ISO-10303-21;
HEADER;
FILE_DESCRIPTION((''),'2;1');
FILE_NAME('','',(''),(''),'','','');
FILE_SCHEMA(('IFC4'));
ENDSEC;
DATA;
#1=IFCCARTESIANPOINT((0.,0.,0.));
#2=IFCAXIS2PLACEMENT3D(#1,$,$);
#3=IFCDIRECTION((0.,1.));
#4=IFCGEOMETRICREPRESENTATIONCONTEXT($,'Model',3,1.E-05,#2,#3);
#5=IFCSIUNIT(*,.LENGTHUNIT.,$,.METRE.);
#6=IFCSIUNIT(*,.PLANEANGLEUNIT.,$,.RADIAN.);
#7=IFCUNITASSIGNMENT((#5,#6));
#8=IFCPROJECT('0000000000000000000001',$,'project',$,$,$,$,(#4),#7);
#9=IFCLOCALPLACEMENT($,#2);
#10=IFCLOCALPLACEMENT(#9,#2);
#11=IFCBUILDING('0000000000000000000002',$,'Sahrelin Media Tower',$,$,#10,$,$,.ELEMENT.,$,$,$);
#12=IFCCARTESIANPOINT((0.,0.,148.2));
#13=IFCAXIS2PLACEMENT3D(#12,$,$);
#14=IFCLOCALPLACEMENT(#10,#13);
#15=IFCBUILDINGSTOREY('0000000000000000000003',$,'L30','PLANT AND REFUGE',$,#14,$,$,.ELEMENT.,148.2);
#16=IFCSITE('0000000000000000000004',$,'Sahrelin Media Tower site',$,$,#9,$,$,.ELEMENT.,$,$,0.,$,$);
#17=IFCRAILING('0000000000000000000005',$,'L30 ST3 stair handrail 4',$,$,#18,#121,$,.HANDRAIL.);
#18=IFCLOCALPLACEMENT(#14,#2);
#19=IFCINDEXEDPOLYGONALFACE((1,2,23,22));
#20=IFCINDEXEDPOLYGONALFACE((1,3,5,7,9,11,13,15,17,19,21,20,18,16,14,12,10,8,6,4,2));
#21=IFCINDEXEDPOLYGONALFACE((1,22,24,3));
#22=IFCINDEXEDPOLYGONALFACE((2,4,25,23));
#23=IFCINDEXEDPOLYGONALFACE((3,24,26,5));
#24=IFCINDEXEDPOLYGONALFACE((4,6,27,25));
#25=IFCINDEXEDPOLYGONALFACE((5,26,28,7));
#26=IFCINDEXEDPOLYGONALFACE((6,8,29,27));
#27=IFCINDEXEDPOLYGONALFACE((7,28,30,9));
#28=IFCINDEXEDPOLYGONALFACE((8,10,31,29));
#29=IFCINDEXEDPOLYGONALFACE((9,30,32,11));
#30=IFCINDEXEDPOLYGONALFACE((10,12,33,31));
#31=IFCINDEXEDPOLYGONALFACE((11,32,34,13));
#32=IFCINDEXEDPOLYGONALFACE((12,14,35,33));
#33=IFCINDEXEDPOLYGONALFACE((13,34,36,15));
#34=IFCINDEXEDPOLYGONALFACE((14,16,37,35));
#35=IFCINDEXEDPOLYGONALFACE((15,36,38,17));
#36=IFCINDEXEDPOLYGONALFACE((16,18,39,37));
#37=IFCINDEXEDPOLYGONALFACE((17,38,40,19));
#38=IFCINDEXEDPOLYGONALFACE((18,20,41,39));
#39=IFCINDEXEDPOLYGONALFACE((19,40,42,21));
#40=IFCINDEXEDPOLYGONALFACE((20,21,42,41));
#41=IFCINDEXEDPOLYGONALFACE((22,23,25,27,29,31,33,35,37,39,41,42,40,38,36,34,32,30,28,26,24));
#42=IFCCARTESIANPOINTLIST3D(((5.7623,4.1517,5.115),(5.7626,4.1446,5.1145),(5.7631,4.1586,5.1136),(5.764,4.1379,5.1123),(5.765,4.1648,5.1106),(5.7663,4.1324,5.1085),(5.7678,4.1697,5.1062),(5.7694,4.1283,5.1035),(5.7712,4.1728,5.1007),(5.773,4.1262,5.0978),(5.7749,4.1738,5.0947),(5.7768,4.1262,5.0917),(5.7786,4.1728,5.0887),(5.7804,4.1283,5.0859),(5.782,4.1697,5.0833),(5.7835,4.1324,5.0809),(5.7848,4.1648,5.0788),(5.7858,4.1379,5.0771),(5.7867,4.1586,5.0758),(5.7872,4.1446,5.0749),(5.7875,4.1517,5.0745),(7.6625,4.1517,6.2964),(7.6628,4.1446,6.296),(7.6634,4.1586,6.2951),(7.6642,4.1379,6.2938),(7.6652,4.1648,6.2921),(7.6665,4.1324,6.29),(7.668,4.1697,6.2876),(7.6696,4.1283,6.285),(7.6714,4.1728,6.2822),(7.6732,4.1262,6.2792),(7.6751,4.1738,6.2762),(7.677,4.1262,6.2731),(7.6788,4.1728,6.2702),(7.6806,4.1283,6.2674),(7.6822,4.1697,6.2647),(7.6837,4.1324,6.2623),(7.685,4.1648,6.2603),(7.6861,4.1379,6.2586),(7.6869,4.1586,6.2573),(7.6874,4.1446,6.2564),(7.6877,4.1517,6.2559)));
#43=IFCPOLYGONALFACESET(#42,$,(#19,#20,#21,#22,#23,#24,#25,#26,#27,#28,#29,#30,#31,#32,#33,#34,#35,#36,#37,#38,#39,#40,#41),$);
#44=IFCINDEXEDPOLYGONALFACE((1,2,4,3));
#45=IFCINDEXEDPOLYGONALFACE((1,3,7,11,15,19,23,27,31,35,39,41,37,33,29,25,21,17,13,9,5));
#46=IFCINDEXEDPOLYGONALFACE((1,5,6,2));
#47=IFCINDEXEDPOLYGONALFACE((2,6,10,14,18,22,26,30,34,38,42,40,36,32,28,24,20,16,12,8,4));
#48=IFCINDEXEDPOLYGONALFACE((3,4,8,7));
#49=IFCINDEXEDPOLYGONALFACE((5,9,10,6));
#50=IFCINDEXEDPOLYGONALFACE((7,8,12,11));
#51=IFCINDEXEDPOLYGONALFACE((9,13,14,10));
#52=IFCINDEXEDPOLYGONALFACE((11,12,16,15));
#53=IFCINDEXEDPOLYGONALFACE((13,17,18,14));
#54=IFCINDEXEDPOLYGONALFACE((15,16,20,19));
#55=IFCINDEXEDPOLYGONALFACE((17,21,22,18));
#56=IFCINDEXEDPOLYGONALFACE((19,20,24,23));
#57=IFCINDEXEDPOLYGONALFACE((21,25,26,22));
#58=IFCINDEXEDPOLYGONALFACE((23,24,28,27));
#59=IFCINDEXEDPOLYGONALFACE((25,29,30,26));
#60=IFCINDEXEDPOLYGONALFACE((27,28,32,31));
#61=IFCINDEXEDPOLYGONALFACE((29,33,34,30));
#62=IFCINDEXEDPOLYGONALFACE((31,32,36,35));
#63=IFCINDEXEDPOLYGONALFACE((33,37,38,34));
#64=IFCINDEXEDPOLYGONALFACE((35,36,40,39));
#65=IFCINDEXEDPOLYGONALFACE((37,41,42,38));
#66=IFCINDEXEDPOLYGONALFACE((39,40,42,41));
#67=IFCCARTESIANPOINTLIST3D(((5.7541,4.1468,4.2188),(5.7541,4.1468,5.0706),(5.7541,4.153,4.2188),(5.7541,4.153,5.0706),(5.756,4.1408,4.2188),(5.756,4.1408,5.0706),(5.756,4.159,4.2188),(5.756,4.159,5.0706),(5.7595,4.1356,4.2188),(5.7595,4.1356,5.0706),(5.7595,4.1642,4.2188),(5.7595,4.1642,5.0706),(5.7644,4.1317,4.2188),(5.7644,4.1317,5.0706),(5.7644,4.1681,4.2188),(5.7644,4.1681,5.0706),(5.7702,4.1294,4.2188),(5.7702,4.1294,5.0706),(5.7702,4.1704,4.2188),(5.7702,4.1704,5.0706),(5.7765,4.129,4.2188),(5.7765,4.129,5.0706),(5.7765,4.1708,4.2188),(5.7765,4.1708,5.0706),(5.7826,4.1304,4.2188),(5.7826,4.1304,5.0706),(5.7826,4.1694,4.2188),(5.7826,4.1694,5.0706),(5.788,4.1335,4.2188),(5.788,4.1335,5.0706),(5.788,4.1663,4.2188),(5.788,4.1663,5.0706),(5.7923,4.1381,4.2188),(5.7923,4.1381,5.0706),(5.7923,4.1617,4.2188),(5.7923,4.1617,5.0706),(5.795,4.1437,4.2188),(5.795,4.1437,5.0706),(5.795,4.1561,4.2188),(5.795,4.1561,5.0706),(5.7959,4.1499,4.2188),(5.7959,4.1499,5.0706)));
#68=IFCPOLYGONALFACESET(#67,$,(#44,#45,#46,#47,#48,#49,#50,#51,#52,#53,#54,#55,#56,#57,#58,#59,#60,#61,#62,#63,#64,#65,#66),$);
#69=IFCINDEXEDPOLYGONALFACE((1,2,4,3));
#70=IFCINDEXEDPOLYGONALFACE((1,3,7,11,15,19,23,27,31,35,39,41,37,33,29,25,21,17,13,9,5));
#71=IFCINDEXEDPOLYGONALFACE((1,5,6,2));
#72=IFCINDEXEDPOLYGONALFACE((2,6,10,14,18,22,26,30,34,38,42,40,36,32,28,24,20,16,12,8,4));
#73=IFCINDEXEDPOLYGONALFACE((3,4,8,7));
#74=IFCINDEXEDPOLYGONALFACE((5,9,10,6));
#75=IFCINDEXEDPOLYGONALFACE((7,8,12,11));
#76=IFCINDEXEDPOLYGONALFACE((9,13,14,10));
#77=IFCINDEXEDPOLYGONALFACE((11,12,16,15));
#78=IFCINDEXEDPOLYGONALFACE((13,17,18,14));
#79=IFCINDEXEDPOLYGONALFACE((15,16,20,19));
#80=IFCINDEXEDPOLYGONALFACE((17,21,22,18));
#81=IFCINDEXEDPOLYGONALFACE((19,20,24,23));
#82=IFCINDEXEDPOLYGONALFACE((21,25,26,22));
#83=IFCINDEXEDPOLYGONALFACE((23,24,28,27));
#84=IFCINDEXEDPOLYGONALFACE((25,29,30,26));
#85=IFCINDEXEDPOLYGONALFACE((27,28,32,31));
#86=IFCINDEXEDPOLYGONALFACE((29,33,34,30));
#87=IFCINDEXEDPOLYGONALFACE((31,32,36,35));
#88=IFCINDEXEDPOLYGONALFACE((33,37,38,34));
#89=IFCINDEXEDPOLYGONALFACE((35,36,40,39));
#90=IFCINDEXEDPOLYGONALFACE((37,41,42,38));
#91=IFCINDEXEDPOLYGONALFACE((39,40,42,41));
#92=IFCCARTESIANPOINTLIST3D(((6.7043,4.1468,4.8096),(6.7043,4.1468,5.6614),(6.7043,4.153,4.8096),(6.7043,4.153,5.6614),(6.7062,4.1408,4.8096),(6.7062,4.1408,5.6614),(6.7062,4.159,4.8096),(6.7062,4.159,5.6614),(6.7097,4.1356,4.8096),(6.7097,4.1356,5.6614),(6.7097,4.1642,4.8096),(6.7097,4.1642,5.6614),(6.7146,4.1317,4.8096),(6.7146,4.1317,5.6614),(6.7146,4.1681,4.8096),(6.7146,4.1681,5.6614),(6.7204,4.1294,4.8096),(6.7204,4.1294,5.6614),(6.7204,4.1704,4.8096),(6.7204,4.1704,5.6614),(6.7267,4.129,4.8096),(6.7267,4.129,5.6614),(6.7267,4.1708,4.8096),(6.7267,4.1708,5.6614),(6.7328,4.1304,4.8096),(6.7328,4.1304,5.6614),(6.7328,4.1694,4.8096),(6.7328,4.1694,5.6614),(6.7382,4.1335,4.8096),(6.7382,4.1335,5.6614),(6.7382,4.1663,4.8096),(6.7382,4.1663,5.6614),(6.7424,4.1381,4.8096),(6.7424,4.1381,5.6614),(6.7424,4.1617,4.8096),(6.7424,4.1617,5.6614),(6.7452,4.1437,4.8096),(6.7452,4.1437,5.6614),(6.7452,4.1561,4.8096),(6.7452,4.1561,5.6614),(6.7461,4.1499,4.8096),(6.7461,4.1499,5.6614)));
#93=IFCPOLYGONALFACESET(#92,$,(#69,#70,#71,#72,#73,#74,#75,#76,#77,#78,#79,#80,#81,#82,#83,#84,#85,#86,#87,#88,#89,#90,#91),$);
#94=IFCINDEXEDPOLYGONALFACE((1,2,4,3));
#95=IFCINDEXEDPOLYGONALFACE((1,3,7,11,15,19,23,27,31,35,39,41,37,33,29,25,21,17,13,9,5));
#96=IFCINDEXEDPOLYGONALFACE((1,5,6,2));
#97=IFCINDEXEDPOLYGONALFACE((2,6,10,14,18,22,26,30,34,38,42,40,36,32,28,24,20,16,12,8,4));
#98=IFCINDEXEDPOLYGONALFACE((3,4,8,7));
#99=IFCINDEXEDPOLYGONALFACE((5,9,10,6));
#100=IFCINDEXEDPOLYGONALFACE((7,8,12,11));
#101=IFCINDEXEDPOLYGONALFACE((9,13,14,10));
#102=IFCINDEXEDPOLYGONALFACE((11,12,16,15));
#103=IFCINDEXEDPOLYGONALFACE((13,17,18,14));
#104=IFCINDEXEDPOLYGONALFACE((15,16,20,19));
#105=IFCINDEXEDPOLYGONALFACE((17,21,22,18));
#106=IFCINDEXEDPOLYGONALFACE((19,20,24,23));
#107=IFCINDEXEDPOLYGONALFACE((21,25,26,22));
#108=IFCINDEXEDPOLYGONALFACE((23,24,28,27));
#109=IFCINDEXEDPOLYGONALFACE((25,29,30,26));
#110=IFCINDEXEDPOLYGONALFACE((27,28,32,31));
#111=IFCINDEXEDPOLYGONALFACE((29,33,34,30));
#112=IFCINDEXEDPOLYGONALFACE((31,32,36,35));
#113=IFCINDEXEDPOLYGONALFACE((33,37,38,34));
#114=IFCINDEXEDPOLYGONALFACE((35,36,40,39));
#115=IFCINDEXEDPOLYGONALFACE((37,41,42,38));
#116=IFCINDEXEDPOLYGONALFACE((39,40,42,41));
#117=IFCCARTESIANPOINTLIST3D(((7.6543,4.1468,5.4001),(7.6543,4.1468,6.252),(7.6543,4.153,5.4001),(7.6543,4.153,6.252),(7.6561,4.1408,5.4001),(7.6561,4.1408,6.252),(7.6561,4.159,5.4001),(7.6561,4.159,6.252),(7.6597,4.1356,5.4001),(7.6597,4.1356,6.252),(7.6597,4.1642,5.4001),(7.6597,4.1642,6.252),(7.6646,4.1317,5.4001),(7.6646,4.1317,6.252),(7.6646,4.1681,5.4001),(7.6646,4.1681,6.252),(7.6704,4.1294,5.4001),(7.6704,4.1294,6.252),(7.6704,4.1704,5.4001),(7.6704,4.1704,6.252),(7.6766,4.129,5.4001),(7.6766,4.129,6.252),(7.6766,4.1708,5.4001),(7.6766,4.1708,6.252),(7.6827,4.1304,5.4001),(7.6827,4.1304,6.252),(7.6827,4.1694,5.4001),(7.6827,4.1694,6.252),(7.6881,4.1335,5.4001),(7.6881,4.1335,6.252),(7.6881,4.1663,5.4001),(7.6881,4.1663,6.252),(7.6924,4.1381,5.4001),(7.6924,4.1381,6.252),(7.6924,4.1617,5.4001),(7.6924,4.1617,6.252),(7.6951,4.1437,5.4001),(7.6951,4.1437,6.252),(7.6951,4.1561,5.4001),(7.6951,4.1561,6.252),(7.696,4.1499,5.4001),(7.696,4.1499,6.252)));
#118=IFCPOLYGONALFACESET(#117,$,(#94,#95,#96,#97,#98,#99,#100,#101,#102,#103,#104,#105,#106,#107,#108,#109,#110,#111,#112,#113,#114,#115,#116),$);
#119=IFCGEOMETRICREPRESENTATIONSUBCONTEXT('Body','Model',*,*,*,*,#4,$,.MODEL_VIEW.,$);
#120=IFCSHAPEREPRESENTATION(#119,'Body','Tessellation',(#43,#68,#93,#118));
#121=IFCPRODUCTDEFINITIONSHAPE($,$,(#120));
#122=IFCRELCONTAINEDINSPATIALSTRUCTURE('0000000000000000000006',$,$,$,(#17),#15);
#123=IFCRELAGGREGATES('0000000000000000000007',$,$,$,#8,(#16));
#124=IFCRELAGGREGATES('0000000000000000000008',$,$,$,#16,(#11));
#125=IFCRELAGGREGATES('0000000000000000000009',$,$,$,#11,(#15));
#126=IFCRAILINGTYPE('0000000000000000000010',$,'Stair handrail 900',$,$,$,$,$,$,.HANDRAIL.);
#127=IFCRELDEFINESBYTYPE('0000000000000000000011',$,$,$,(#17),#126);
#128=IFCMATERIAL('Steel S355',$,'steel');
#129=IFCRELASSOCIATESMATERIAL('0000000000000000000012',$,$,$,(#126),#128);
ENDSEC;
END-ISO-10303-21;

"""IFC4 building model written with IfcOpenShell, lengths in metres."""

from ifc_helpers import new_model, si_unit, direction, frame, origin, origin_2d, place, context, subcontext, project, spatial, circle, extrude, material, type_object, element, save


model = new_model("IFC4")

# Units and contexts
model_context = context("Model", 3, precision=1e-05, world=origin(), true_north=direction((0.0, 1.0)))
body_context = subcontext(model_context, "Body", "Model", "MODEL_VIEW")
ifc_project = project(units=[si_unit("LENGTHUNIT", "METRE"), si_unit("PLANEANGLEUNIT", "RADIAN")], contexts=[model_context])

# Site, building, storey
site_placement = place(None, origin())
site = spatial("IfcSite", under=ifc_project, at=site_placement, Name="Sahrelin Media Tower site", CompositionType="ELEMENT", RefElevation=0.0)
building_placement = place(site_placement, origin())
building = spatial("IfcBuilding", under=site, at=building_placement, Name="Sahrelin Media Tower", CompositionType="ELEMENT")
storey_placement = place(building_placement, frame((0.0, 0.0, 148.2)))
storey = spatial("IfcBuildingStorey", under=building, at=storey_placement, Name="L30", Description="PLANT AND REFUGE", CompositionType="ELEMENT", Elevation=148.2)

# Shared definitions
ifc_material_1 = material(Name="Steel S355", Category="steel")

# Railing
railing_type_1 = type_object("IfcRailingType", Name="Stair handrail 900", PredefinedType="HANDRAIL", material=ifc_material_1)
railing_1_placement = place(storey_placement, frame((5.7749, 4.1499, 4.2188)))
element("IfcRailing", 1, at=railing_1_placement, inside=storey, type_object=railing_type_1, Name="L30 ST3 stair handrail 4", PredefinedType="HANDRAIL", context=body_context, shape_type="SweptSolid", body=[
    extrude(circle(Radius=0.0239, at=origin_2d()), frame((0.0, 0.0, 0.876), z_axis=(0.84924, 0.0, 0.528006), x_axis=(0.0, 1.0, 0.0)), (0.0, 0.0, 1.0), 2.2375),
    extrude(circle(Radius=0.021, at=origin_2d()), origin(), (0.0, 0.0, 1.0), 0.8518),
    extrude(circle(Radius=0.021, at=origin_2d()), frame((0.9502, 0.0, 0.5908)), (0.0, 0.0, 1.0), 0.8518),
    extrude(circle(Radius=0.021, at=origin_2d()), frame((1.9001, 0.0, 1.1814)), (0.0, 0.0, 1.0), 0.8518),
])

save(model, "model.ifc")
